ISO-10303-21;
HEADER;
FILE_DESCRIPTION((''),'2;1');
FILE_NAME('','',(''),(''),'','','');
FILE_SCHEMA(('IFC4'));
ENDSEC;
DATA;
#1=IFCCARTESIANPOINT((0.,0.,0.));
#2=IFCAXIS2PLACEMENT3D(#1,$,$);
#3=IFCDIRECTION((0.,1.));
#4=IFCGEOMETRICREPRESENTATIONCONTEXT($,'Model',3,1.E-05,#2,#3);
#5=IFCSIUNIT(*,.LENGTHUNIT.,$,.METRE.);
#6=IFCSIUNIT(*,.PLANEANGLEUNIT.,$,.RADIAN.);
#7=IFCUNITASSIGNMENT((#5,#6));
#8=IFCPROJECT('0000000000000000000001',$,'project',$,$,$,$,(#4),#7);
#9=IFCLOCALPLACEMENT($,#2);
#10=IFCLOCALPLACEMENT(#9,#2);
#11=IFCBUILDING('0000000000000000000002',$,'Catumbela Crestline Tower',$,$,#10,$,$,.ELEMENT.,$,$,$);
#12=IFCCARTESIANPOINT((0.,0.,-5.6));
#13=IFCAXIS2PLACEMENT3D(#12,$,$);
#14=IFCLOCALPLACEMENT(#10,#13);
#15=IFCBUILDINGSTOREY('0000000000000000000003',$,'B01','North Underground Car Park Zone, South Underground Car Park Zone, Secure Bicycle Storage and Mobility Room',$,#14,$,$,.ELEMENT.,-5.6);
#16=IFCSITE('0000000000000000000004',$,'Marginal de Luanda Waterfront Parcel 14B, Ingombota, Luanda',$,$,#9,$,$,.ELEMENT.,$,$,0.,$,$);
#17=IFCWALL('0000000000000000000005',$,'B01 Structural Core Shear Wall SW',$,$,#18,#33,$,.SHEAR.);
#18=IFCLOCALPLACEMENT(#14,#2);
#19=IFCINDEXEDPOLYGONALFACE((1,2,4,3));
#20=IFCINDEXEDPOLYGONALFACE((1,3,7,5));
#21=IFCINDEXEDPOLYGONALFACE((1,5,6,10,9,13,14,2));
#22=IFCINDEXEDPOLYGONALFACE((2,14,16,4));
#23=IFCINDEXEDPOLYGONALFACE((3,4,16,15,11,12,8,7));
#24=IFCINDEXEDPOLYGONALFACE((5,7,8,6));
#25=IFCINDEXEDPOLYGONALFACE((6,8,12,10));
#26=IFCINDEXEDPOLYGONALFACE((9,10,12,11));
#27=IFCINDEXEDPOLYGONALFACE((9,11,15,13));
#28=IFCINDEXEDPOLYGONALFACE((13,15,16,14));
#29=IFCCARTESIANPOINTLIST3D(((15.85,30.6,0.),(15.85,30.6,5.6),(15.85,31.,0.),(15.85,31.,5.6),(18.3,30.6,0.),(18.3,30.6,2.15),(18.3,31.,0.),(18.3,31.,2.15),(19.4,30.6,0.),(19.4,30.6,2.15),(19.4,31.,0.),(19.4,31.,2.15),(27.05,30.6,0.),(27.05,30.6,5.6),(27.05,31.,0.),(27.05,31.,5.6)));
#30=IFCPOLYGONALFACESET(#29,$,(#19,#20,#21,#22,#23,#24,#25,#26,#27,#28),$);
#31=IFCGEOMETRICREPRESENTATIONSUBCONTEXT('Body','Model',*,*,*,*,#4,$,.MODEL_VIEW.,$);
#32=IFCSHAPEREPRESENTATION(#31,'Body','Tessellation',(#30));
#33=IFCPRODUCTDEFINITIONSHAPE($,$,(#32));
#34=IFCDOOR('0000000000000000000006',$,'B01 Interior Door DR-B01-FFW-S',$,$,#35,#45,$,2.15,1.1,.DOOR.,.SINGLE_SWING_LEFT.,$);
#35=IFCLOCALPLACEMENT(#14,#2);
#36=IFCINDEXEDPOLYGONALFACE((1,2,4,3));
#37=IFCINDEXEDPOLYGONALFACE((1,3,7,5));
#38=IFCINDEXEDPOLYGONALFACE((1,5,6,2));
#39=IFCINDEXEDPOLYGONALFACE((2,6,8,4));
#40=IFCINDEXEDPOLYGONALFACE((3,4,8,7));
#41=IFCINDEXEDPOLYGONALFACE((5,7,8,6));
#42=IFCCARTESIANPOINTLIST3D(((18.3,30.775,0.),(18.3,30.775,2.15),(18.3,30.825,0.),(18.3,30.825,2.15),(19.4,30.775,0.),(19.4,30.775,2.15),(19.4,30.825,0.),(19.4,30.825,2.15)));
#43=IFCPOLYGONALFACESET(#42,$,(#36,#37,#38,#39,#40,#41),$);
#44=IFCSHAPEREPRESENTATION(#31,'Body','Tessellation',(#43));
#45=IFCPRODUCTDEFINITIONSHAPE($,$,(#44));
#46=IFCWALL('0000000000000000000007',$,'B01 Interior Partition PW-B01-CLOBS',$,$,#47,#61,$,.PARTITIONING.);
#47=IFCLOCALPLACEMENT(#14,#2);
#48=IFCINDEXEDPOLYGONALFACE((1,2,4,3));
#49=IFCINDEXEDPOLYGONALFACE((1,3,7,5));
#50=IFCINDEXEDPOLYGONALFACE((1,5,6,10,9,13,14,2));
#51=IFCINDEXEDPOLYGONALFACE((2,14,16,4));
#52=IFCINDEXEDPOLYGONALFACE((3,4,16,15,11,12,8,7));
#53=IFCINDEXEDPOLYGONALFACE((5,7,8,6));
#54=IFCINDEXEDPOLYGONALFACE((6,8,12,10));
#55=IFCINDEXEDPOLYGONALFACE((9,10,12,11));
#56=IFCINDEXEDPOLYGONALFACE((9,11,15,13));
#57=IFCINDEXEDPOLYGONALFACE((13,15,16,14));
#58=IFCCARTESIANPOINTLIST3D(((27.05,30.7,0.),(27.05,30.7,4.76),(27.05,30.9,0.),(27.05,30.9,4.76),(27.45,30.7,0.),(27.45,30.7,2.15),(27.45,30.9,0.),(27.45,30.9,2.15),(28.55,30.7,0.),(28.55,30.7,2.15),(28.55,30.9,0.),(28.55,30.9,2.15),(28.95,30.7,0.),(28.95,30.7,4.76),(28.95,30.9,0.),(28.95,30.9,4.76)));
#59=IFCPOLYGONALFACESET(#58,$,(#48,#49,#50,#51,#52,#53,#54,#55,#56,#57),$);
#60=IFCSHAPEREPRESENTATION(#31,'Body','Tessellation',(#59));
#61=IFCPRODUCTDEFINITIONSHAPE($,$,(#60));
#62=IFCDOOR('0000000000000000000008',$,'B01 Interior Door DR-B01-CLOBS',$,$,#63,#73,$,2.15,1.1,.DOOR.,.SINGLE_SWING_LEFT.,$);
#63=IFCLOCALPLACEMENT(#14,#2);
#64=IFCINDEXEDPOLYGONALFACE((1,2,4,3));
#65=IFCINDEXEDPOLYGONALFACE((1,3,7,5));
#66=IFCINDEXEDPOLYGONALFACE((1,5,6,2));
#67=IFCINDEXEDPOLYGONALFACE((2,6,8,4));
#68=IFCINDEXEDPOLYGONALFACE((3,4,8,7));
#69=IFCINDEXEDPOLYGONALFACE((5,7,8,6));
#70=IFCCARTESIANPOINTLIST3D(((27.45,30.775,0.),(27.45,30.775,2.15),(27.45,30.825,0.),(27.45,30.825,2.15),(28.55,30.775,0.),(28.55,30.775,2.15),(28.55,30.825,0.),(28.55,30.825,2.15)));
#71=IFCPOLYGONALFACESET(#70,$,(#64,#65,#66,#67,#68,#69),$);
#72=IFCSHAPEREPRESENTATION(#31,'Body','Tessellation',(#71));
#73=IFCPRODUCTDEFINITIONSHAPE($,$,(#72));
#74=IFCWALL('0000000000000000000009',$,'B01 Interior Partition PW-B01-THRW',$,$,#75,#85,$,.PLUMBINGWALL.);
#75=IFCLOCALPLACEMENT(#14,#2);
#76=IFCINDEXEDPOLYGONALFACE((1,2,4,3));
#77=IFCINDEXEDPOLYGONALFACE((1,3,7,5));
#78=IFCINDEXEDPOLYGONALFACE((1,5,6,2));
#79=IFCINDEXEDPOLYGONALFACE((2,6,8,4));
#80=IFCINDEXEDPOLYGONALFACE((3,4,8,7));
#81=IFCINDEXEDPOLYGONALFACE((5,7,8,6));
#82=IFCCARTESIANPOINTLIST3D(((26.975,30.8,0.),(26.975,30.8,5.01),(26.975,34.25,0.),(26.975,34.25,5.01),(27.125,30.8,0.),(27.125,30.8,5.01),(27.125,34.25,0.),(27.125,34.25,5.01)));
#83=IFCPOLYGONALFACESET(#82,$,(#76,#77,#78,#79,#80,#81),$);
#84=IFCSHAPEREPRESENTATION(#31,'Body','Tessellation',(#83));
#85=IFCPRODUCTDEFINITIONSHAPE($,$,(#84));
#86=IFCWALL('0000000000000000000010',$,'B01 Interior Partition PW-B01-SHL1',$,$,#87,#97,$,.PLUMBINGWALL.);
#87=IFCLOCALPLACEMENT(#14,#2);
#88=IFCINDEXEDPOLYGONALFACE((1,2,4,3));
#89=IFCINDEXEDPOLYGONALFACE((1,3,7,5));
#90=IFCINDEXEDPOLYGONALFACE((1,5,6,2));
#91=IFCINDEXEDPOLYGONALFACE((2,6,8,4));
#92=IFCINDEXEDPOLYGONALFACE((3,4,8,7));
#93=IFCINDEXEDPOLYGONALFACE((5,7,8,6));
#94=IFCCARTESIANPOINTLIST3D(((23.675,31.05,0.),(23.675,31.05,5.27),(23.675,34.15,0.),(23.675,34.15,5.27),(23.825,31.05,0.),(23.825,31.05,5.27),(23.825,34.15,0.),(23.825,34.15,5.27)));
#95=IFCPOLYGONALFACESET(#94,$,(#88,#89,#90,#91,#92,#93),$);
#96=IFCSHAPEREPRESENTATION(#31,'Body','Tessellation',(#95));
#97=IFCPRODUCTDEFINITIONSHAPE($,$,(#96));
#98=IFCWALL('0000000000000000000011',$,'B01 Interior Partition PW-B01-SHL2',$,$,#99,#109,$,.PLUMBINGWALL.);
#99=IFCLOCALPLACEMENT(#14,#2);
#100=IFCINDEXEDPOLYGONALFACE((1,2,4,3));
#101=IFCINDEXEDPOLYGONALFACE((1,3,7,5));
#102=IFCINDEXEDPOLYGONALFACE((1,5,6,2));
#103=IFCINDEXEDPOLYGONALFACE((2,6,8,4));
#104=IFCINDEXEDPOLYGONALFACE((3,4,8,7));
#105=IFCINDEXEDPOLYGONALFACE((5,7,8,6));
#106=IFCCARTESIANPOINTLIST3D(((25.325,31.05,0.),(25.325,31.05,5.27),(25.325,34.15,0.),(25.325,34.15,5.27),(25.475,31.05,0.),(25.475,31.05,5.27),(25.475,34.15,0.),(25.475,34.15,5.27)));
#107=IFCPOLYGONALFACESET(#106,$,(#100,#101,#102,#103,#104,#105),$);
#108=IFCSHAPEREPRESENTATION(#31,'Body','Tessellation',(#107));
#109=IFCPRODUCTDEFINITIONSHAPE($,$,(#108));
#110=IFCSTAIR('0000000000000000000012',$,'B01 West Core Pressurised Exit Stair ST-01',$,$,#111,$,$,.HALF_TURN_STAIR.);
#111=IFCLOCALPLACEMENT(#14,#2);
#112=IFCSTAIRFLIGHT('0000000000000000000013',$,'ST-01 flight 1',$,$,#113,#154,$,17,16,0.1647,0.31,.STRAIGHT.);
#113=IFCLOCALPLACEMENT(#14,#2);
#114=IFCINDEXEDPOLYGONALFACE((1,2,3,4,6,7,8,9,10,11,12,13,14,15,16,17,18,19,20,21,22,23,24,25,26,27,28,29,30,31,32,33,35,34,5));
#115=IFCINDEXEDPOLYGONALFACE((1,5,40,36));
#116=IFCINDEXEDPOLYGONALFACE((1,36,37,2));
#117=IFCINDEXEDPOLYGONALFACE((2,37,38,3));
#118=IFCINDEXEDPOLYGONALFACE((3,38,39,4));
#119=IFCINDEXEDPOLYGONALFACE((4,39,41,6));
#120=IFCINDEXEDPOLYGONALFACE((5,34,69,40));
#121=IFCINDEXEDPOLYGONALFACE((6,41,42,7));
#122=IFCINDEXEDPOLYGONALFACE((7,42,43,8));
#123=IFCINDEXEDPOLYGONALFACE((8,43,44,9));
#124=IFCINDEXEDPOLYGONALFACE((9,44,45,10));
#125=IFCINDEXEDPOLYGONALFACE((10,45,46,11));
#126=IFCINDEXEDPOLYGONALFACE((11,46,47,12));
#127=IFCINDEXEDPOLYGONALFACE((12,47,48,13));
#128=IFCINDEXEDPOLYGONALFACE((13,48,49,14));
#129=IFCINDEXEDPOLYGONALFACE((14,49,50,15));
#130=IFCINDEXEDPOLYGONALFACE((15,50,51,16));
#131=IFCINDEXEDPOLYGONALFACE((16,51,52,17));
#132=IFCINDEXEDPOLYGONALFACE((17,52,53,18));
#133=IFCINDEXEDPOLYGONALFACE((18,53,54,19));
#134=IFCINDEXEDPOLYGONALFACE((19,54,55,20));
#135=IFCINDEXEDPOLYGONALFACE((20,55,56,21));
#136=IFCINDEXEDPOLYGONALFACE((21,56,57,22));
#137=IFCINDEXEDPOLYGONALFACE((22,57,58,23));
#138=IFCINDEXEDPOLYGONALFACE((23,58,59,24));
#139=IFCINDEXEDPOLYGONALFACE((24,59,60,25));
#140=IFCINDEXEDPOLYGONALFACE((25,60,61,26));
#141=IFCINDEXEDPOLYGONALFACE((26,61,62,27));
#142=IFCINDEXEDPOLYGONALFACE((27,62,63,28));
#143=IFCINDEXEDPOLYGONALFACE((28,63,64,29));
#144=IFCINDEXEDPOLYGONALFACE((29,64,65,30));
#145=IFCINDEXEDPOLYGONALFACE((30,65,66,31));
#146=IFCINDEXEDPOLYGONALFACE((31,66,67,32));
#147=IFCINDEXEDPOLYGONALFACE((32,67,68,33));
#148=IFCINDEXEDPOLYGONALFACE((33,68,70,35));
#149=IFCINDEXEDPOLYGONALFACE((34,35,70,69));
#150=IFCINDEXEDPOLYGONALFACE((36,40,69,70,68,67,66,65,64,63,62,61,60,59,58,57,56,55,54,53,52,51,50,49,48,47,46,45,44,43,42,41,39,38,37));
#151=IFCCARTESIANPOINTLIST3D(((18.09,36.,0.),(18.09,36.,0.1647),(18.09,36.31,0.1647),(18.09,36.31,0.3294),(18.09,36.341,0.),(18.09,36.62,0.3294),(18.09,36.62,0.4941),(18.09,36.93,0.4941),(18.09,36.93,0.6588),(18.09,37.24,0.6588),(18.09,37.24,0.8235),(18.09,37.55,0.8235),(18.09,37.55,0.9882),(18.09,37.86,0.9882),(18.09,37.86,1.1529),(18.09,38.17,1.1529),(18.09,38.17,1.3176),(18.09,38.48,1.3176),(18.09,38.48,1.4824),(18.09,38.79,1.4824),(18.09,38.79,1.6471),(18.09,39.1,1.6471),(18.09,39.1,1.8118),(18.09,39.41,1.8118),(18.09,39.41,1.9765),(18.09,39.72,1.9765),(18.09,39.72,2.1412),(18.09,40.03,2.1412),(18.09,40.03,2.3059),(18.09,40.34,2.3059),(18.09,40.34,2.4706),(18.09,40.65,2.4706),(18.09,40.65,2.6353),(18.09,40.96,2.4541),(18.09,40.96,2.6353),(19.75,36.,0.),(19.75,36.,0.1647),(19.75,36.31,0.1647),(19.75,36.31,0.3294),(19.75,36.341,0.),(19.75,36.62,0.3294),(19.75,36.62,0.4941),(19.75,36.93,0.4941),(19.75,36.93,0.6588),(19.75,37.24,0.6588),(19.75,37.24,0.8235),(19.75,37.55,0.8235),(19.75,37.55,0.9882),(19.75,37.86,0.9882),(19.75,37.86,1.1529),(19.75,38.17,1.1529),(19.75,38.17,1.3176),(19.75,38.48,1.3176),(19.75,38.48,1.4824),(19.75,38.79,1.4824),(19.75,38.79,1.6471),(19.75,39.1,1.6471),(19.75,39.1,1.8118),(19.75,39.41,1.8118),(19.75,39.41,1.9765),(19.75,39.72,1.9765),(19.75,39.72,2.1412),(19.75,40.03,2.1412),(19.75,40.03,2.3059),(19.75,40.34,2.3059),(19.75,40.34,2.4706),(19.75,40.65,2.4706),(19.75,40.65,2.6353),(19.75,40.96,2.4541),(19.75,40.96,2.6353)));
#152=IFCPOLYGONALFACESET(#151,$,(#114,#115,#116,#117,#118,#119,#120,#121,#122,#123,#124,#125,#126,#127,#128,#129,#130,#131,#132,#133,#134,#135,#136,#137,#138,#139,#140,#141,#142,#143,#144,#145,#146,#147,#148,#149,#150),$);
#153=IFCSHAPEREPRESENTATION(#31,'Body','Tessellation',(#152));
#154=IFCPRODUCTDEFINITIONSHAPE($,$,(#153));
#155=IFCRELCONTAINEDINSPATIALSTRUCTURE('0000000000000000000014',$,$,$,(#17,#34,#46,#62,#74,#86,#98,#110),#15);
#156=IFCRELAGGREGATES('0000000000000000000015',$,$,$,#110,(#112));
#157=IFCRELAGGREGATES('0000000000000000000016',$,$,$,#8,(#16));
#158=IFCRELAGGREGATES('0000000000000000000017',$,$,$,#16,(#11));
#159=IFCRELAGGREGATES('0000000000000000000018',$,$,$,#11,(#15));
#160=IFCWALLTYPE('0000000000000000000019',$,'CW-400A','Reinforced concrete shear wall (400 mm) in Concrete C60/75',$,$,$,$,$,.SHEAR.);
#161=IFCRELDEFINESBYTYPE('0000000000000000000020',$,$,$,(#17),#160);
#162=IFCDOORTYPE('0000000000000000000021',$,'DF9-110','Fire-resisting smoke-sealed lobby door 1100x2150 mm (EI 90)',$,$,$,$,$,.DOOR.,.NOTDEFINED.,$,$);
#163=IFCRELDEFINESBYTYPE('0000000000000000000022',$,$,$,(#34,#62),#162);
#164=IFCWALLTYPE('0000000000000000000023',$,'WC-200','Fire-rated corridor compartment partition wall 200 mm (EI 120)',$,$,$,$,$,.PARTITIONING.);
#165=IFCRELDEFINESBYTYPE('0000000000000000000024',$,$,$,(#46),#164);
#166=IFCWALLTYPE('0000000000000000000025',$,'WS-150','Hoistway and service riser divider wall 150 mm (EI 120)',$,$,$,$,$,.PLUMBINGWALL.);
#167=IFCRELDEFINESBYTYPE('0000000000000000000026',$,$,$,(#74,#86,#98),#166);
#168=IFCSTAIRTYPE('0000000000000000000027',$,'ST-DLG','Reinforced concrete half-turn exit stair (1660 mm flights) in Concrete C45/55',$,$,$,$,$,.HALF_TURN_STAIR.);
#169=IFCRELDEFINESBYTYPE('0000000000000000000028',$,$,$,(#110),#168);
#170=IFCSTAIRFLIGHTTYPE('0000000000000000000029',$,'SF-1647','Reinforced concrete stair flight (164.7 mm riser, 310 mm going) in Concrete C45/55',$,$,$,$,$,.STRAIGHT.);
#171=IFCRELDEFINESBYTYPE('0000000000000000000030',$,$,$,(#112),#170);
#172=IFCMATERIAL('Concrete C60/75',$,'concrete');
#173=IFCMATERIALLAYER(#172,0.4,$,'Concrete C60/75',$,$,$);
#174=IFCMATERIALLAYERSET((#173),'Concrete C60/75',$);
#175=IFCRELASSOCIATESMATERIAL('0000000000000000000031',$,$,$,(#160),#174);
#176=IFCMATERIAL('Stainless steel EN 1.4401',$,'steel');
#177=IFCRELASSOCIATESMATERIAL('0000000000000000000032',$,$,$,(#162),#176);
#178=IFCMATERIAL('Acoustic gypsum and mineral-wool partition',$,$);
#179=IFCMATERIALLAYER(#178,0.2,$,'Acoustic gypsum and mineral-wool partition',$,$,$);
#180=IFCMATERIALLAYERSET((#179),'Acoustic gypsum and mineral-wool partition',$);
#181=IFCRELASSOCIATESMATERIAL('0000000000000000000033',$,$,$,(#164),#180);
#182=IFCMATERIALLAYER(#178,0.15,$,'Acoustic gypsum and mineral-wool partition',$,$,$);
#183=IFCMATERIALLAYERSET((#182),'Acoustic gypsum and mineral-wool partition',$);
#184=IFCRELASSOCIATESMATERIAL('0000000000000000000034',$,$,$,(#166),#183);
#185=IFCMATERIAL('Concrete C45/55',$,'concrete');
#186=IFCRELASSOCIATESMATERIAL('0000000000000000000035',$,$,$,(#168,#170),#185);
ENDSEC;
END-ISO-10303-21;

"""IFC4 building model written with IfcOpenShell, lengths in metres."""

from ifc_helpers import new_model, si_unit, direction, frame, frame_2d, origin, place, context, subcontext, project, spatial, polyline, rectangle, outline, extrude, material, layer, layer_set, type_object, element, fill, aggregate, save


model = new_model("IFC4")

# Units and contexts
model_context = context("Model", 3, precision=1e-05, world=origin(), true_north=direction((0.0, 1.0)))
body_context = subcontext(model_context, "Body", "Model", "MODEL_VIEW")
ifc_project = project(units=[si_unit("LENGTHUNIT", "METRE"), si_unit("PLANEANGLEUNIT", "RADIAN")], contexts=[model_context])

# Site, building, storey
site_placement = place(None, origin())
site = spatial("IfcSite", under=ifc_project, at=site_placement, Name="Marginal de Luanda Waterfront Parcel 14B, Ingombota, Luanda", CompositionType="ELEMENT", RefElevation=0.0)
building_placement = place(site_placement, origin())
building = spatial("IfcBuilding", under=site, at=building_placement, Name="Catumbela Crestline Tower", CompositionType="ELEMENT")
storey_placement = place(building_placement, frame((0.0, 0.0, -5.6)))
storey = spatial("IfcBuildingStorey", under=building, at=storey_placement, Name="B01", Description="North Underground Car Park Zone, South Underground Car Park Zone, Secure Bicycle Storage and Mobility Room", CompositionType="ELEMENT", Elevation=-5.6)

# Shared definitions
ifc_material_1 = material(Name="Stainless steel EN 1.4401", Category="steel")

# Shared definitions
ifc_material_2 = material(Name="Concrete C60/75", Category="concrete")
ifc_layer_1 = layer(ifc_material_2, 0.4, Name="Concrete C60/75")
ifc_layer_set_1 = layer_set([ifc_layer_1], Name="Concrete C60/75")
wall_type_1 = type_object("IfcWallType", Name="CW-400A", Description="Reinforced concrete shear wall (400 mm) in Concrete C60/75", PredefinedType="SHEAR", material=ifc_layer_set_1)

# Walls, openings, doors
wall_1_placement = place(storey_placement, frame((15.85, 30.8, 0.0), z_axis=(0.0, 0.0, 1.0), x_axis=(1.0, 0.0, 0.0)))
wall_1 = element("IfcWall", 1, at=wall_1_placement, inside=storey, type_object=wall_type_1, Name="B01 Structural Core Shear Wall SW", PredefinedType="SHEAR", context=body_context, shape_type="SweptSolid", body=[
    extrude(rectangle(XDim=11.2, YDim=0.4, at=frame_2d((5.6, 0.0))), origin(), (0.0, 0.0, 1.0), 5.6),
])
opening_1_placement = place(wall_1_placement, frame((2.45, 0.0, 0.0)))
opening_1 = element("IfcOpeningElement", 2, at=opening_1_placement, cuts=wall_1, PredefinedType="OPENING", context=body_context, shape_type="SweptSolid", body=[
    extrude(rectangle(XDim=1.1, YDim=2.15, at=frame_2d((0.55, 1.075))), frame((0.0, 0.21, 0.0), z_axis=(0.0, -1.0, 0.0), x_axis=(1.0, 0.0, 0.0)), (0.0, 0.0, 1.0), 0.42),
])
door_type_1 = type_object("IfcDoorType", Name="DF9-110", Description="Fire-resisting smoke-sealed lobby door 1100x2150 mm (EI 90)", OperationType="NOTDEFINED", PredefinedType="DOOR", material=ifc_material_1)
door_1_placement = place(opening_1_placement, origin())
door_1 = element("IfcDoor", 3, at=door_1_placement, inside=storey, type_object=door_type_1, Name="B01 Interior Door DR-B01-FFW-S", OperationType="SINGLE_SWING_LEFT", OverallHeight=2.15, OverallWidth=1.1, PredefinedType="DOOR", context=body_context, shape_type="SweptSolid", body=[
    extrude(rectangle(XDim=1.1, YDim=2.15, at=frame_2d((0.55, 1.075))), frame((0.0, 0.025, 0.0), z_axis=(0.0, -1.0, 0.0), x_axis=(1.0, 0.0, 0.0)), (0.0, 0.0, 1.0), 0.05),
])
fill(opening_1, door_1)
ifc_material_3 = material(Name="Acoustic gypsum and mineral-wool partition")
ifc_layer_2 = layer(ifc_material_3, 0.2, Name="Acoustic gypsum and mineral-wool partition")
ifc_layer_set_2 = layer_set([ifc_layer_2], Name="Acoustic gypsum and mineral-wool partition")
wall_type_2 = type_object("IfcWallType", Name="WC-200", Description="Fire-rated corridor compartment partition wall 200 mm (EI 120)", PredefinedType="PARTITIONING", material=ifc_layer_set_2)
wall_2_placement = place(storey_placement, frame((27.05, 30.8, 0.0), z_axis=(0.0, 0.0, 1.0), x_axis=(1.0, 0.0, 0.0)))
wall_2 = element("IfcWall", 4, at=wall_2_placement, inside=storey, type_object=wall_type_2, Name="B01 Interior Partition PW-B01-CLOBS", PredefinedType="PARTITIONING", context=body_context, shape_type="SweptSolid", body=[
    extrude(rectangle(XDim=1.9, YDim=0.2, at=frame_2d((0.95, 0.0))), origin(), (0.0, 0.0, 1.0), 4.76),
])
opening_2_placement = place(wall_2_placement, frame((0.4, 0.0, 0.0)))
opening_2 = element("IfcOpeningElement", 5, at=opening_2_placement, cuts=wall_2, PredefinedType="OPENING", context=body_context, shape_type="SweptSolid", body=[
    extrude(rectangle(XDim=1.1, YDim=2.15, at=frame_2d((0.55, 1.075))), frame((0.0, 0.11, 0.0), z_axis=(0.0, -1.0, 0.0), x_axis=(1.0, 0.0, 0.0)), (0.0, 0.0, 1.0), 0.22),
])
door_2_placement = place(opening_2_placement, origin())
door_2 = element("IfcDoor", 6, at=door_2_placement, inside=storey, type_object=door_type_1, Name="B01 Interior Door DR-B01-CLOBS", OperationType="SINGLE_SWING_LEFT", OverallHeight=2.15, OverallWidth=1.1, PredefinedType="DOOR", context=body_context, shape_type="SweptSolid", body=[
    extrude(rectangle(XDim=1.1, YDim=2.15, at=frame_2d((0.55, 1.075))), frame((0.0, 0.025, 0.0), z_axis=(0.0, -1.0, 0.0), x_axis=(1.0, 0.0, 0.0)), (0.0, 0.0, 1.0), 0.05),
])
fill(opening_2, door_2)

# Walls
ifc_layer_3 = layer(ifc_material_3, 0.15, Name="Acoustic gypsum and mineral-wool partition")
ifc_layer_set_3 = layer_set([ifc_layer_3], Name="Acoustic gypsum and mineral-wool partition")
wall_type_3 = type_object("IfcWallType", Name="WS-150", Description="Hoistway and service riser divider wall 150 mm (EI 120)", PredefinedType="PLUMBINGWALL", material=ifc_layer_set_3)
wall_3_placement = place(storey_placement, frame((27.05, 30.8, 0.0), z_axis=(0.0, 0.0, 1.0), x_axis=(0.0, 1.0, 0.0)))
element("IfcWall", 7, at=wall_3_placement, inside=storey, type_object=wall_type_3, Name="B01 Interior Partition PW-B01-THRW", PredefinedType="PLUMBINGWALL", context=body_context, shape_type="SweptSolid", body=[
    extrude(rectangle(XDim=3.45, YDim=0.15, at=frame_2d((1.725, 0.0))), origin(), (0.0, 0.0, 1.0), 5.01),
])
for number, where, z_axis, x_axis, name in (
    (8, (23.75, 31.05, 0.0), (0.0, 0.0, 1.0), (0.0, 1.0, 0.0), "B01 Interior Partition PW-B01-SHL1"),
    (9, (25.4, 31.05, 0.0), (0.0, 0.0, 1.0), (0.0, 1.0, 0.0), "B01 Interior Partition PW-B01-SHL2"),
):
    element("IfcWall", number, at=place(storey_placement, frame(where, z_axis=z_axis, x_axis=x_axis)), inside=storey, type_object=wall_type_3, Name=name, PredefinedType="PLUMBINGWALL", context=body_context, shape_type="SweptSolid", body=[
        extrude(rectangle(XDim=3.1, YDim=0.15, at=frame_2d((1.55, 0.0))), origin(), (0.0, 0.0, 1.0), 5.27),
    ])

# Stair, stair flight
ifc_material_4 = material(Name="Concrete C45/55", Category="concrete")
stair_type = type_object("IfcStairType", Name="ST-DLG", Description="Reinforced concrete half-turn exit stair (1660 mm flights) in Concrete C45/55", PredefinedType="HALF_TURN_STAIR", material=ifc_material_4)
stair_placement = place(storey_placement, origin())
stair = element("IfcStair", 10, at=stair_placement, inside=storey, type_object=stair_type, Name="B01 West Core Pressurised Exit Stair ST-01", PredefinedType="HALF_TURN_STAIR")
stair_flight_type = type_object("IfcStairFlightType", Name="SF-1647", Description="Reinforced concrete stair flight (164.7 mm riser, 310 mm going) in Concrete C45/55", PredefinedType="STRAIGHT", material=ifc_material_4)
stair_flight_placement = place(storey_placement, frame((18.92, 36.0, 0.0), z_axis=(0.0, 0.0, 1.0), x_axis=(0.0, 1.0, 0.0)))
stair_flight = element("IfcStairFlight", 11, at=stair_flight_placement, type_object=stair_flight_type, Name="ST-01 flight 1", NumberOfRisers=17, NumberOfTreads=16, PredefinedType="STRAIGHT", RiserHeight=0.1647, TreadLength=0.31, context=body_context, shape_type="SweptSolid", body=[
    extrude(outline(polyline([(0.0, 0.0), (0.0, 0.1647), (0.31, 0.1647), (0.31, 0.3294), (0.62, 0.3294), (0.62, 0.4941), (0.93, 0.4941), (0.93, 0.6588), (1.24, 0.6588), (1.24, 0.8235), (1.55, 0.8235), (1.55, 0.9882), (1.86, 0.9882), (1.86, 1.1529), (2.17, 1.1529), (2.17, 1.3176), (2.48, 1.3176), (2.48, 1.4824), (2.79, 1.4824), (2.79, 1.6471), (3.1, 1.6471), (3.1, 1.8118), (3.41, 1.8118), (3.41, 1.9765), (3.72, 1.9765), (3.72, 2.1412), (4.03, 2.1412), (4.03, 2.3059), (4.34, 2.3059), (4.34, 2.4706), (4.65, 2.4706), (4.65, 2.6353), (4.96, 2.6353), (4.96, 2.8), (4.96, 2.4541), (0.341, 0.0), (0.0, 0.0)])), frame((0.0, 0.83, 0.0), z_axis=(0.0, -1.0, 0.0), x_axis=(1.0, 0.0, 0.0)), (0.0, 0.0, 1.0), 1.66),
])
aggregate(stair, [stair_flight])

save(model, "model.ifc")
